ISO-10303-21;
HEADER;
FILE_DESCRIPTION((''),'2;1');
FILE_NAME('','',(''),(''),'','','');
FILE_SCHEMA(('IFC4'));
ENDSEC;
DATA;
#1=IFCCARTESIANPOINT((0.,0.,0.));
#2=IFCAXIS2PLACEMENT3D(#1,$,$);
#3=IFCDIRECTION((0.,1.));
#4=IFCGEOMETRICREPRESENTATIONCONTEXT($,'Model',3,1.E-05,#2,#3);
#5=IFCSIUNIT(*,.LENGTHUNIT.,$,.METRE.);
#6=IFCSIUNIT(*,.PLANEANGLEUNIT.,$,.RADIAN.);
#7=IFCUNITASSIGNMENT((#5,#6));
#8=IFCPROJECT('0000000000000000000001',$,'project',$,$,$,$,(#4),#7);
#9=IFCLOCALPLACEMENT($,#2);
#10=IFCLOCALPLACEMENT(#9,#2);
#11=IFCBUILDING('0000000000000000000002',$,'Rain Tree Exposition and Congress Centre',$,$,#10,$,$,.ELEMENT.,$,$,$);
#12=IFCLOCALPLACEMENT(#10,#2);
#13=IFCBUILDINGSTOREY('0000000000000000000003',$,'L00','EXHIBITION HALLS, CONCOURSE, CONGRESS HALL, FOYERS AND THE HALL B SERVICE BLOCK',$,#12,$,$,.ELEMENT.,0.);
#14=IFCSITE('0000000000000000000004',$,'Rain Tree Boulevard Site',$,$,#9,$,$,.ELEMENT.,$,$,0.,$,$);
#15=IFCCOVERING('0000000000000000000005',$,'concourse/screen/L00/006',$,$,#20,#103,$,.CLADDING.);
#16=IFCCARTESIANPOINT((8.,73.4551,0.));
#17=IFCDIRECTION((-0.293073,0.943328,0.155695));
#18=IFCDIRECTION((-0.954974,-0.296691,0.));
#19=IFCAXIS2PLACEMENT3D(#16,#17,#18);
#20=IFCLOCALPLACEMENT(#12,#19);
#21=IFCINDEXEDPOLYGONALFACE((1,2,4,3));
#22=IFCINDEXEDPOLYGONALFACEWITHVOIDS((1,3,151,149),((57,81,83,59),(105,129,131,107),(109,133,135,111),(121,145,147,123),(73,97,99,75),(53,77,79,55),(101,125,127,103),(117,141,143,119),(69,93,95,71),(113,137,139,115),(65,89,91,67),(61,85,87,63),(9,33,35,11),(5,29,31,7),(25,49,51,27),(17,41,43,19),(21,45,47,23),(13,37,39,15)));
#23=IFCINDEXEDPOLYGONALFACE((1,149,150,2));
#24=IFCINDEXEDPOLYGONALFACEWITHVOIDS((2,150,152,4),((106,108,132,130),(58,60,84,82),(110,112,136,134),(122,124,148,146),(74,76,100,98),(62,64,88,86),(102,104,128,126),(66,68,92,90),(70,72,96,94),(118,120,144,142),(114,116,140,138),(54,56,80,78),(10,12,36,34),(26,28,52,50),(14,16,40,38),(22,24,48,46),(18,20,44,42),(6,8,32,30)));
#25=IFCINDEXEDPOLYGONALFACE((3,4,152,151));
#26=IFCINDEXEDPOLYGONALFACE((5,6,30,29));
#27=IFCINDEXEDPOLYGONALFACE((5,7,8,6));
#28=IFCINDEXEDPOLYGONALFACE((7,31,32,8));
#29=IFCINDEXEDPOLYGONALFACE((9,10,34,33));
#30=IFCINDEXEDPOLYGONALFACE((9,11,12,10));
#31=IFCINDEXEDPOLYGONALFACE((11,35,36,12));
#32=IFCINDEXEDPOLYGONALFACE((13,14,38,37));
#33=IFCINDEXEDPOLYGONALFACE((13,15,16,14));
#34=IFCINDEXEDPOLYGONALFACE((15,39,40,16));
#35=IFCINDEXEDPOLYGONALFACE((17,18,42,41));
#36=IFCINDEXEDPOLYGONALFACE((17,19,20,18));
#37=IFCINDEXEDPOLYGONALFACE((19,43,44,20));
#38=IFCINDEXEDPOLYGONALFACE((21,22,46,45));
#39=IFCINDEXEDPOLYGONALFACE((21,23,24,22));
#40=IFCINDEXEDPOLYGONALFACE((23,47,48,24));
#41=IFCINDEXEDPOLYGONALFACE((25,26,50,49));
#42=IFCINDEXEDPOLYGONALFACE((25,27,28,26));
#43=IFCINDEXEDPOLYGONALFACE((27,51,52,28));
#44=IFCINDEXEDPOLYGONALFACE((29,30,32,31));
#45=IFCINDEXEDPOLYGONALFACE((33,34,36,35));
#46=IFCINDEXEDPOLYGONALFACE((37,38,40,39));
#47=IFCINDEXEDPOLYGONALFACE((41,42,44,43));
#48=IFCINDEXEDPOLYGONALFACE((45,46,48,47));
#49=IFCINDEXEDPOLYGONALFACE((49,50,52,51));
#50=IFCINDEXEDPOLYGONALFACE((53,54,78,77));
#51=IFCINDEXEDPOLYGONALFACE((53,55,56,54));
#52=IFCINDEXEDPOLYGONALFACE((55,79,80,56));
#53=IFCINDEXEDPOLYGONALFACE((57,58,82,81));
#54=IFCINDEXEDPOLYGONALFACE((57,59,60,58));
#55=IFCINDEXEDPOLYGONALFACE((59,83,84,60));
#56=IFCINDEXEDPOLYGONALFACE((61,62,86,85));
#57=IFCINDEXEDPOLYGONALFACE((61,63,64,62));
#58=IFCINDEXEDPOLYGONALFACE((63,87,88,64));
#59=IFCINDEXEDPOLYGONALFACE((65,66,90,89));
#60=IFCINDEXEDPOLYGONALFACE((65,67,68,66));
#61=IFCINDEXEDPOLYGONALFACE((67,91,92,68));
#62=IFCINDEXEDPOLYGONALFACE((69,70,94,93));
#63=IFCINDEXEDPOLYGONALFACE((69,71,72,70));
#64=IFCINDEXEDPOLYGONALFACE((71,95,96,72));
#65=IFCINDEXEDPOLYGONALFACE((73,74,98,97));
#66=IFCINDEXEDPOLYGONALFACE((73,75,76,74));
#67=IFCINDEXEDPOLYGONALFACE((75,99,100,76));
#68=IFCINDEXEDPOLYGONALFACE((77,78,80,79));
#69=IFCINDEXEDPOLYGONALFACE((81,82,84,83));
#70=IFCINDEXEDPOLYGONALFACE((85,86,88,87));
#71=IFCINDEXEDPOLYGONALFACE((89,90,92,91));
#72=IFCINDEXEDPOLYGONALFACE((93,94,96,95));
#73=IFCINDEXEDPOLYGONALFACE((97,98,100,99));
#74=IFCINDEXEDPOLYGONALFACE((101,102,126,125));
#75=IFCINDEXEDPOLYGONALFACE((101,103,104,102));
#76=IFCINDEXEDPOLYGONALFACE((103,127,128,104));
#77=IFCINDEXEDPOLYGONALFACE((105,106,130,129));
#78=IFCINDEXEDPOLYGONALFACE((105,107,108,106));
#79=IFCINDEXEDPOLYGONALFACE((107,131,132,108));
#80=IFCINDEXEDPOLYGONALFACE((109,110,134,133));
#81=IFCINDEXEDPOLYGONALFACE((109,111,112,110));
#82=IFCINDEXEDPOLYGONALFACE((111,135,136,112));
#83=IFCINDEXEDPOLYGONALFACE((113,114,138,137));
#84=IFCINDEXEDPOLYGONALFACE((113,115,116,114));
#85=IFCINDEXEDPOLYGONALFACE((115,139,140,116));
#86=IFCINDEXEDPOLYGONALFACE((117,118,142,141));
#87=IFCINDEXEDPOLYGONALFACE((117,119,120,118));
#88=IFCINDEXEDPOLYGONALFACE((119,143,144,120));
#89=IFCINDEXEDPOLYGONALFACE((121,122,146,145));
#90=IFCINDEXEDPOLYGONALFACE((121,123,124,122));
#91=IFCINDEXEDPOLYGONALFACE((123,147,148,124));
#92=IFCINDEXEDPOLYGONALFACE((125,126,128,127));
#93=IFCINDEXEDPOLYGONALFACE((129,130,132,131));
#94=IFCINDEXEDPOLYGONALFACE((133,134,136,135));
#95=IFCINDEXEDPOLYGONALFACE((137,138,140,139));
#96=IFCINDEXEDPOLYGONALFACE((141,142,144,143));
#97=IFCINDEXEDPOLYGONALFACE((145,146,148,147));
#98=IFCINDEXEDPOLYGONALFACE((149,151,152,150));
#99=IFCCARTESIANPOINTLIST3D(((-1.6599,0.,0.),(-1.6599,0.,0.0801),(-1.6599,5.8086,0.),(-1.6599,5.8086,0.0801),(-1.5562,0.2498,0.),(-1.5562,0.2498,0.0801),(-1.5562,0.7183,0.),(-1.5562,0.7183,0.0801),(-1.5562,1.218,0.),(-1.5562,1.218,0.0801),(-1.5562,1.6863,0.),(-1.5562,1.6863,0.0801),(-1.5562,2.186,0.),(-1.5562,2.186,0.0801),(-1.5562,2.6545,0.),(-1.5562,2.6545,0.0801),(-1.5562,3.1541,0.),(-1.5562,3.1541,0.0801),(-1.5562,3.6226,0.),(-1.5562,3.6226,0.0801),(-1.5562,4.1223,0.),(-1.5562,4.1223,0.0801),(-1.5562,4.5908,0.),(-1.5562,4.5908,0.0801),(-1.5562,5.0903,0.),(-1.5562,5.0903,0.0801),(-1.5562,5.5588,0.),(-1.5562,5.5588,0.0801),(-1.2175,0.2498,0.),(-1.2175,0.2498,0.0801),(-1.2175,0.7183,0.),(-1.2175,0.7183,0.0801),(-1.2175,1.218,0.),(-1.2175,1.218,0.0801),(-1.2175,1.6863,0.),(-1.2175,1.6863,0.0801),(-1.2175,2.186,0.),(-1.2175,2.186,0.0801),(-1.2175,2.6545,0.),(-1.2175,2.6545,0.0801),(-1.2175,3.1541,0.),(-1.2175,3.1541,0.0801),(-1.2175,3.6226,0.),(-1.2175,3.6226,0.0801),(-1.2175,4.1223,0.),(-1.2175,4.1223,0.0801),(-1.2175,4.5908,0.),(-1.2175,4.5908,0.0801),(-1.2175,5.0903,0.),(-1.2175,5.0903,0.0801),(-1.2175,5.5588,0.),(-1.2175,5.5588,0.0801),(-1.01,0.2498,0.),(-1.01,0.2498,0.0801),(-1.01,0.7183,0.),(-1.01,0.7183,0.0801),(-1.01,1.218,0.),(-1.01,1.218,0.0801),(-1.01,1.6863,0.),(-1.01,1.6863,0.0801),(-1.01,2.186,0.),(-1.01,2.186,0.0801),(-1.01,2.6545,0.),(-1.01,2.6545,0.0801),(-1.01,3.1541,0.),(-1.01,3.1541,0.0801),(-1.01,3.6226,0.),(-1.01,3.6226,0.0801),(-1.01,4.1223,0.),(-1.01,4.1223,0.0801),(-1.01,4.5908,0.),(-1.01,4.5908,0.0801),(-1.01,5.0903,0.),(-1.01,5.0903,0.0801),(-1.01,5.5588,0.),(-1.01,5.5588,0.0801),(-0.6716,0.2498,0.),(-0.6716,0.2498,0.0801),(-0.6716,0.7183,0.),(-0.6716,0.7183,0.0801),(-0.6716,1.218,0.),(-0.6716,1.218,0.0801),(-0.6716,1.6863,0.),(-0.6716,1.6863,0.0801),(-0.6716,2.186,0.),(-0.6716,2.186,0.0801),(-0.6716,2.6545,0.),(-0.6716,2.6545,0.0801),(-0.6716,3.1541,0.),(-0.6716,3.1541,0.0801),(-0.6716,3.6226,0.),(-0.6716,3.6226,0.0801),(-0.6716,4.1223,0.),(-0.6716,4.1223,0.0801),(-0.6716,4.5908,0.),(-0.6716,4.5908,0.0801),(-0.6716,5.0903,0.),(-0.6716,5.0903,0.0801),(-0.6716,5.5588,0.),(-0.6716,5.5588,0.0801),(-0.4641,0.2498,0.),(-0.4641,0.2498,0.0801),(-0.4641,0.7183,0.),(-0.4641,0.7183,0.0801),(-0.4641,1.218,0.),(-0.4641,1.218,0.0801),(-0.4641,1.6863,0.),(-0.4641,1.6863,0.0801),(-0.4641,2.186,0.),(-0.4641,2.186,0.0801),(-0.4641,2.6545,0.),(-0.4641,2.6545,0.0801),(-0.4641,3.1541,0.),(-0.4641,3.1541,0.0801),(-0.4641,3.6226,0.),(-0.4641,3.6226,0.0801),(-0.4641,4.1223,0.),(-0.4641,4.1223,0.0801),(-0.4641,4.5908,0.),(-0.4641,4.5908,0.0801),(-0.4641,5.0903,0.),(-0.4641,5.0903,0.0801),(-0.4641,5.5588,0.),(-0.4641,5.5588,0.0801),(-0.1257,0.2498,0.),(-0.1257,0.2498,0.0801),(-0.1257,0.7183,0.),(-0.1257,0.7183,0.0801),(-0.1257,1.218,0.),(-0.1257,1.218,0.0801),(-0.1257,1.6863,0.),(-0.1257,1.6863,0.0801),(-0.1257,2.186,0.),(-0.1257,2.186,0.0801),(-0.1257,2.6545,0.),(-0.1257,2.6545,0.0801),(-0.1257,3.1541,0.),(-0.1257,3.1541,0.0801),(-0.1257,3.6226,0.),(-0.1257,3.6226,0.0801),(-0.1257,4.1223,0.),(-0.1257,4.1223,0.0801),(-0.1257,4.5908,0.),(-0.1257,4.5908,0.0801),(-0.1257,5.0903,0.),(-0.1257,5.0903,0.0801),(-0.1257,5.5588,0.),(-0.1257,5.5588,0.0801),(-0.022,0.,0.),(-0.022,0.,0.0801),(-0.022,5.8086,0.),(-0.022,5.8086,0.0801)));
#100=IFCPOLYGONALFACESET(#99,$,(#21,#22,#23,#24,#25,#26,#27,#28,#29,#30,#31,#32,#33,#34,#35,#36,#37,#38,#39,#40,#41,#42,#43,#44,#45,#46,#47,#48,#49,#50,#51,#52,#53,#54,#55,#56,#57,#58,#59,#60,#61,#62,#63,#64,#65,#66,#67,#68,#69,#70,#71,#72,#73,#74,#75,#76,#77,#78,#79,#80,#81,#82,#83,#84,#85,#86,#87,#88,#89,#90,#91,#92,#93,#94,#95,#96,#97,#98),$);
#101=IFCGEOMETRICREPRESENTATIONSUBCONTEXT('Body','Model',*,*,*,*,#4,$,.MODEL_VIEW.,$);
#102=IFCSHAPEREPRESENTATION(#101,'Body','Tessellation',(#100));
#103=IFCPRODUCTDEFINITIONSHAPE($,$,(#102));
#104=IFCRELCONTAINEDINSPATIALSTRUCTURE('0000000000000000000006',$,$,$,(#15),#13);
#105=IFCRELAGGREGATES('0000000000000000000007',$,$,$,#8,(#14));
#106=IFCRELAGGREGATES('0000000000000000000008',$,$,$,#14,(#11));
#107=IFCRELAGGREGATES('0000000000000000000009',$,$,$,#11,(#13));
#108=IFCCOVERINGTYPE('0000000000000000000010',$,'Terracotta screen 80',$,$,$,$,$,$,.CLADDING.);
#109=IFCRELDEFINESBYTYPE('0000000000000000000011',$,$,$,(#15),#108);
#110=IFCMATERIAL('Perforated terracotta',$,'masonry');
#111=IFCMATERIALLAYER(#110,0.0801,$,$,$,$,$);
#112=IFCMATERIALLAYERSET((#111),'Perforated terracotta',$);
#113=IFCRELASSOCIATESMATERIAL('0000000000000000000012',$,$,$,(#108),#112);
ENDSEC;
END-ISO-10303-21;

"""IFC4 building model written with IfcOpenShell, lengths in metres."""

from ifc_helpers import new_model, si_unit, direction, frame, origin, place, context, subcontext, project, spatial, polyline, outline, extrude, material, layer, layer_set, type_object, element, save


model = new_model("IFC4")

# Units and contexts
model_context = context("Model", 3, precision=1e-05, world=origin(), true_north=direction((0.0, 1.0)))
body_context = subcontext(model_context, "Body", "Model", "MODEL_VIEW")
ifc_project = project(units=[si_unit("LENGTHUNIT", "METRE"), si_unit("PLANEANGLEUNIT", "RADIAN")], contexts=[model_context])

# Site, building, storey
site_placement = place(None, origin())
site = spatial("IfcSite", under=ifc_project, at=site_placement, Name="Rain Tree Boulevard Site", CompositionType="ELEMENT", RefElevation=0.0)
building_placement = place(site_placement, origin())
building = spatial("IfcBuilding", under=site, at=building_placement, Name="Rain Tree Exposition and Congress Centre", CompositionType="ELEMENT")
storey_placement = place(building_placement, origin())
storey = spatial("IfcBuildingStorey", under=building, at=storey_placement, Name="L00", Description="EXHIBITION HALLS, CONCOURSE, CONGRESS HALL, FOYERS AND THE HALL B SERVICE BLOCK", CompositionType="ELEMENT", Elevation=0.0)

# Covering
ifc_material_1 = material(Name="Perforated terracotta", Category="masonry")
ifc_layer_1 = layer(ifc_material_1, 0.0801)
ifc_layer_set_1 = layer_set([ifc_layer_1], Name="Perforated terracotta")
covering_type = type_object("IfcCoveringType", Name="Terracotta screen 80", PredefinedType="CLADDING", material=ifc_layer_set_1)
covering_1_placement = place(storey_placement, frame((8.0, 73.4551, 0.0), z_axis=(-0.293073, 0.943328, 0.155695), x_axis=(-0.954974, -0.296691, 0.0)))
element("IfcCovering", 1, at=covering_1_placement, inside=storey, type_object=covering_type, Name="concourse/screen/L00/006", PredefinedType="CLADDING", context=body_context, shape_type="SweptSolid", body=[
    extrude(outline(polyline([(-0.022, 0.0), (-1.6599, 0.0), (-1.6599, 5.8086), (-0.022, 5.8086), (-0.022, 0.0)]), holes=[polyline([(-0.1257, 0.2498), (-0.1257, 0.7183), (-0.4641, 0.7183), (-0.4641, 0.2498), (-0.1257, 0.2498)]), polyline([(-0.1257, 1.218), (-0.1257, 1.6863), (-0.4641, 1.6863), (-0.4641, 1.218), (-0.1257, 1.218)]), polyline([(-0.1257, 2.186), (-0.1257, 2.6545), (-0.4641, 2.6545), (-0.4641, 2.186), (-0.1257, 2.186)]), polyline([(-0.1257, 3.1541), (-0.1257, 3.6226), (-0.4641, 3.6226), (-0.4641, 3.1541), (-0.1257, 3.1541)]), polyline([(-0.1257, 4.1223), (-0.1257, 4.5908), (-0.4641, 4.5908), (-0.4641, 4.1223), (-0.1257, 4.1223)]), polyline([(-0.1257, 5.0903), (-0.1257, 5.5588), (-0.4641, 5.5588), (-0.4641, 5.0903), (-0.1257, 5.0903)]), polyline([(-0.6716, 0.2498), (-0.6716, 0.7183), (-1.01, 0.7183), (-1.01, 0.2498), (-0.6716, 0.2498)]), polyline([(-0.6716, 1.218), (-0.6716, 1.6863), (-1.01, 1.6863), (-1.01, 1.218), (-0.6716, 1.218)]), polyline([(-0.6716, 2.186), (-0.6716, 2.6545), (-1.01, 2.6545), (-1.01, 2.186), (-0.6716, 2.186)]), polyline([(-0.6716, 3.1541), (-0.6716, 3.6226), (-1.01, 3.6226), (-1.01, 3.1541), (-0.6716, 3.1541)]), polyline([(-0.6716, 4.1223), (-0.6716, 4.5908), (-1.01, 4.5908), (-1.01, 4.1223), (-0.6716, 4.1223)]), polyline([(-0.6716, 5.0903), (-0.6716, 5.5588), (-1.01, 5.5588), (-1.01, 5.0903), (-0.6716, 5.0903)]), polyline([(-1.2175, 0.2498), (-1.2175, 0.7183), (-1.5562, 0.7183), (-1.5562, 0.2498), (-1.2175, 0.2498)]), polyline([(-1.2175, 1.218), (-1.2175, 1.6863), (-1.5562, 1.6863), (-1.5562, 1.218), (-1.2175, 1.218)]), polyline([(-1.2175, 2.186), (-1.2175, 2.6545), (-1.5562, 2.6545), (-1.5562, 2.186), (-1.2175, 2.186)]), polyline([(-1.2175, 3.1541), (-1.2175, 3.6226), (-1.5562, 3.6226), (-1.5562, 3.1541), (-1.2175, 3.1541)]), polyline([(-1.2175, 4.1223), (-1.2175, 4.5908), (-1.5562, 4.5908), (-1.5562, 4.1223), (-1.2175, 4.1223)]), polyline([(-1.2175, 5.0903), (-1.2175, 5.5588), (-1.5562, 5.5588), (-1.5562, 5.0903), (-1.2175, 5.0903)])]), origin(), (0.0, 0.0, 1.0), 0.0801),
])

save(model, "model.ifc")
